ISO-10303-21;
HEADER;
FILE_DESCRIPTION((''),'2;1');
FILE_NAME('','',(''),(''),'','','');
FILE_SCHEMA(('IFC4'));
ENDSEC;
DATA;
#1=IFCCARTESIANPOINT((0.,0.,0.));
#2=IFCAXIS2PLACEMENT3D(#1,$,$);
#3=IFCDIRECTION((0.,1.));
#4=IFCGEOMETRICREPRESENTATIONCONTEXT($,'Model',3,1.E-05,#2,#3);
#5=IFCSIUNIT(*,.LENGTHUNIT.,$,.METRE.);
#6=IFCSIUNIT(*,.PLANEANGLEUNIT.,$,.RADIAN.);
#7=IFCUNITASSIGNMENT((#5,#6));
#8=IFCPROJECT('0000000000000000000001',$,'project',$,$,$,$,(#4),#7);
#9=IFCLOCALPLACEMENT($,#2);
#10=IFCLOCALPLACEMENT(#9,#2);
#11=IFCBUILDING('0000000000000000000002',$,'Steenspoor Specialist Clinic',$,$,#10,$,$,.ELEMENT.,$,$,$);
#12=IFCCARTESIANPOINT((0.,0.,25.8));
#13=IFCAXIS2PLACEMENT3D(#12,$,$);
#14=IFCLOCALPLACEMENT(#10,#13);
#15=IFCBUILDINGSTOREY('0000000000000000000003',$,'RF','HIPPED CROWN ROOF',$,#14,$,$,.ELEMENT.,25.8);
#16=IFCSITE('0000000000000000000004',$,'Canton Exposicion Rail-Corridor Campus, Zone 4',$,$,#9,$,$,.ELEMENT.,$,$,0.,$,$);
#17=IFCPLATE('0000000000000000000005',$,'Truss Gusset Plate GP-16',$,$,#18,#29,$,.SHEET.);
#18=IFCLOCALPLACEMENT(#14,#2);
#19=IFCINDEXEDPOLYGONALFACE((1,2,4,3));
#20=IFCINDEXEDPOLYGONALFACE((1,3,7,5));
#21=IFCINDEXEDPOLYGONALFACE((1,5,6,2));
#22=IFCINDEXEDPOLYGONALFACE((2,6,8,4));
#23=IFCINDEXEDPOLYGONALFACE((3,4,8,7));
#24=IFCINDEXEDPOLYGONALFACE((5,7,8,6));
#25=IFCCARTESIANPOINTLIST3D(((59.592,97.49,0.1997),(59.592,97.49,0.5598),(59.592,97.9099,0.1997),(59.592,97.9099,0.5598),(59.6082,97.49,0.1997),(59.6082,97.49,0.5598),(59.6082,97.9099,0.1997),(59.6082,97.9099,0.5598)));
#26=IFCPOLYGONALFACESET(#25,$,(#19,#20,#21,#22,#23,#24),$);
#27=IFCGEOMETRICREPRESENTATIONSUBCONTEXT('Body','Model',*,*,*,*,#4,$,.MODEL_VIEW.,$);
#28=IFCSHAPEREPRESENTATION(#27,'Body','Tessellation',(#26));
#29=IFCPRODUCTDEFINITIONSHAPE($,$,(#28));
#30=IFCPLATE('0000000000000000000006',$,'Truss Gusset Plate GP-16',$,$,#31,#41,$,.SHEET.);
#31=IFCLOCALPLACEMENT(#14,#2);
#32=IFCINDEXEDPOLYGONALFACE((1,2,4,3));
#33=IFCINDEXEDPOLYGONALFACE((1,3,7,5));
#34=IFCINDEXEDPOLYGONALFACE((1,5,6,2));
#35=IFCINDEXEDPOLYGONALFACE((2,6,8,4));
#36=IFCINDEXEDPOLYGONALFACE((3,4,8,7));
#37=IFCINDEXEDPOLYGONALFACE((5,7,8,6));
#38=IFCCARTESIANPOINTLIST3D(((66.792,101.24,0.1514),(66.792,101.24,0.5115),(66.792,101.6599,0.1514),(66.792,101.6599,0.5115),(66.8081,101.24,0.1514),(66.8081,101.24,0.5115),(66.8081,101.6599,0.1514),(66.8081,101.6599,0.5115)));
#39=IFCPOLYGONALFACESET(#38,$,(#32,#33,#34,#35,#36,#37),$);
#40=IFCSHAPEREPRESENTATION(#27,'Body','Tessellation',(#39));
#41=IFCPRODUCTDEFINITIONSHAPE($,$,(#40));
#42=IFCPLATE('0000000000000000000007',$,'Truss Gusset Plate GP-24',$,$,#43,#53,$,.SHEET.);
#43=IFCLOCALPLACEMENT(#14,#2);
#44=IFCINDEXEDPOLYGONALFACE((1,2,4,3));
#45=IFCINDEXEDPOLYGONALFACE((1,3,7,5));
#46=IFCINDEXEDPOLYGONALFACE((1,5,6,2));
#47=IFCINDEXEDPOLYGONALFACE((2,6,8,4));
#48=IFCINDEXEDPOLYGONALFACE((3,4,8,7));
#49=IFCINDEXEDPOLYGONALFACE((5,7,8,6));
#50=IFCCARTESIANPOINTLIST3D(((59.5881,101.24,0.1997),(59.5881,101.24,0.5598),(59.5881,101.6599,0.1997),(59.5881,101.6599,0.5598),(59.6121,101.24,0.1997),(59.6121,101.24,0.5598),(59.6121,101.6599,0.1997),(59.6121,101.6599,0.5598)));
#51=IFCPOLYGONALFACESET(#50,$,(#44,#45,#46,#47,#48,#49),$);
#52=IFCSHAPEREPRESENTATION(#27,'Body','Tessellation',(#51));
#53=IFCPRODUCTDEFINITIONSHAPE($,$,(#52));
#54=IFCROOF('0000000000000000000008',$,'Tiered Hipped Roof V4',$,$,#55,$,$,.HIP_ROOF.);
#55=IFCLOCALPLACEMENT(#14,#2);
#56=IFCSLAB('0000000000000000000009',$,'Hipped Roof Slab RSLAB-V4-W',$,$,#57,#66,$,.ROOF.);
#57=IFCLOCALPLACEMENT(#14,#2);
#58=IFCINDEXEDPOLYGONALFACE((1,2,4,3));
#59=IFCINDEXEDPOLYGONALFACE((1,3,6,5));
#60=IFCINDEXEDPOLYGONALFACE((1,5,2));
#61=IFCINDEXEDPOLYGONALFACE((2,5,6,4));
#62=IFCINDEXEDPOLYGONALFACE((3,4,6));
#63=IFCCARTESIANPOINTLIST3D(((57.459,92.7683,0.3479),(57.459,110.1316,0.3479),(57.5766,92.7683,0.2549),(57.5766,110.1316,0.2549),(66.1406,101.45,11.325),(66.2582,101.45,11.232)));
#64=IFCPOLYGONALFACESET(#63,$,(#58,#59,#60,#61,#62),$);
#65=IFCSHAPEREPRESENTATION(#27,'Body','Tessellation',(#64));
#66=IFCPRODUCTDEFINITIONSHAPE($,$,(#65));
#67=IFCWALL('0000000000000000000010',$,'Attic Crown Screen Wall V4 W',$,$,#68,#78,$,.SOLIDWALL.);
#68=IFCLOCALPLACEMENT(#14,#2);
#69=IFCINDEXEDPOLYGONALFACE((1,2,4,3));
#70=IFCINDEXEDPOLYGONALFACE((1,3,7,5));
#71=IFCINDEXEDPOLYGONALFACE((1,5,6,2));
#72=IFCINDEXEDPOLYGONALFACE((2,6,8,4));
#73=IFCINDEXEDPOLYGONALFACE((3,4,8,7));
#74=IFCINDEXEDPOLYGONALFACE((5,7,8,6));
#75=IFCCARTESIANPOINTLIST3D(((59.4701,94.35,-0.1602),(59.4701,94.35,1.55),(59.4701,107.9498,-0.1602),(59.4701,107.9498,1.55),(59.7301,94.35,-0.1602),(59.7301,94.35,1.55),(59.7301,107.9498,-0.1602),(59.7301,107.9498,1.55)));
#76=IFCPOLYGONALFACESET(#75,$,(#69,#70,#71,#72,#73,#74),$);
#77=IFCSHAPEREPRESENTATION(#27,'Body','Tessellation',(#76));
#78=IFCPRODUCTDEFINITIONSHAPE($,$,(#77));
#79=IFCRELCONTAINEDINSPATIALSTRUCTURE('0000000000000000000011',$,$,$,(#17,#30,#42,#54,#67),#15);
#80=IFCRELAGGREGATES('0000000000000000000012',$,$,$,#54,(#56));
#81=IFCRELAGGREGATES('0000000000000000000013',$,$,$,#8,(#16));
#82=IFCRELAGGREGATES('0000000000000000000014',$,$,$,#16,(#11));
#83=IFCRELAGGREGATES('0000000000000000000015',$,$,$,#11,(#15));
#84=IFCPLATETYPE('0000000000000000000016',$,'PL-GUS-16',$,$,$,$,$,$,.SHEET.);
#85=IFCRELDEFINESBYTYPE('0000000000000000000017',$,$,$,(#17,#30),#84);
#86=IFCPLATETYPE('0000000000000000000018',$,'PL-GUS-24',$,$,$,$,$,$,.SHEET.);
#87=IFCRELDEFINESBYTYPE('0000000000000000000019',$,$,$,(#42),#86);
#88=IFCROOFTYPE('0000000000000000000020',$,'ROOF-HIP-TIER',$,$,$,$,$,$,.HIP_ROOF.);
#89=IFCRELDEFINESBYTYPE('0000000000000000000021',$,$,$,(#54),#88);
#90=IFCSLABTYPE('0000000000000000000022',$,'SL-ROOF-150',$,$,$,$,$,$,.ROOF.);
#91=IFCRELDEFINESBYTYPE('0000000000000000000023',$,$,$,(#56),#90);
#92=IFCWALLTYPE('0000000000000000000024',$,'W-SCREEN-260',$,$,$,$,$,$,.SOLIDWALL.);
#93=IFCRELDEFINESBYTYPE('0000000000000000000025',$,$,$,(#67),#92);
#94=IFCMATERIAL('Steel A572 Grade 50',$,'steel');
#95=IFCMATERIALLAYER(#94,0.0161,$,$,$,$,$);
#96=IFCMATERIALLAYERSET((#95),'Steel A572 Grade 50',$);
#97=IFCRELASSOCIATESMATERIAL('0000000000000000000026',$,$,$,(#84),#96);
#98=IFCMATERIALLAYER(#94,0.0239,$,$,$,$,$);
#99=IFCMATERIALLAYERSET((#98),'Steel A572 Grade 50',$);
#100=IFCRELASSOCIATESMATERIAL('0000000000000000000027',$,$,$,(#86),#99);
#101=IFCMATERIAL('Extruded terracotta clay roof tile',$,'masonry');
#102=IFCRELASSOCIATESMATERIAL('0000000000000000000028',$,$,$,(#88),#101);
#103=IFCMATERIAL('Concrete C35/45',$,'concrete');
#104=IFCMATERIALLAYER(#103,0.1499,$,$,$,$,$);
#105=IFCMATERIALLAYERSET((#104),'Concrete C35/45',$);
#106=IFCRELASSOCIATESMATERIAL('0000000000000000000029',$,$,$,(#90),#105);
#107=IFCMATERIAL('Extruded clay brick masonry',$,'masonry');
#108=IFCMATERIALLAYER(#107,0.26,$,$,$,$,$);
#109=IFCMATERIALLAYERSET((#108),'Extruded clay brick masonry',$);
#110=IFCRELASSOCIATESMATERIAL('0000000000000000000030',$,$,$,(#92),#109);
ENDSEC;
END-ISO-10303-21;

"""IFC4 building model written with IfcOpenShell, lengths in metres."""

from ifc_helpers import new_model, si_unit, direction, frame, frame_2d, origin, origin_2d, place, context, subcontext, project, spatial, polyline, rectangle, outline, extrude, material, layer, layer_set, type_object, element, aggregate, save


model = new_model("IFC4")

# Units and contexts
model_context = context("Model", 3, precision=1e-05, world=origin(), true_north=direction((0.0, 1.0)))
body_context = subcontext(model_context, "Body", "Model", "MODEL_VIEW")
ifc_project = project(units=[si_unit("LENGTHUNIT", "METRE"), si_unit("PLANEANGLEUNIT", "RADIAN")], contexts=[model_context])

# Site, building, storey
site_placement = place(None, origin())
site = spatial("IfcSite", under=ifc_project, at=site_placement, Name="Canton Exposicion Rail-Corridor Campus, Zone 4", CompositionType="ELEMENT", RefElevation=0.0)
building_placement = place(site_placement, origin())
building = spatial("IfcBuilding", under=site, at=building_placement, Name="Steenspoor Specialist Clinic", CompositionType="ELEMENT")
storey_placement = place(building_placement, frame((0.0, 0.0, 25.8)))
storey = spatial("IfcBuildingStorey", under=building, at=storey_placement, Name="RF", Description="HIPPED CROWN ROOF", CompositionType="ELEMENT", Elevation=25.8)

# Plates
ifc_material_1 = material(Name="Steel A572 Grade 50", Category="steel")
ifc_layer_1 = layer(ifc_material_1, 0.0161)
ifc_layer_set_1 = layer_set([ifc_layer_1], Name="Steel A572 Grade 50")
plate_type_1 = type_object("IfcPlateType", Name="PL-GUS-16", PredefinedType="SHEET", material=ifc_layer_set_1)
for number, where, z_axis, x_axis, name in (
    (1, (59.6001, 97.7, 0.1997), (0.0, 0.0, 1.0), (1.0, 0.0, 0.0), "Truss Gusset Plate GP-16"),
    (2, (66.8, 101.45, 0.1514), (0.0, 0.0, 1.0), (1.0, 0.0, 0.0), "Truss Gusset Plate GP-16"),
):
    element("IfcPlate", number, at=place(storey_placement, frame(where, z_axis=z_axis, x_axis=x_axis)), inside=storey, type_object=plate_type_1, Name=name, PredefinedType="SHEET", context=body_context, shape_type="SweptSolid", body=[
        extrude(rectangle(XDim=0.0161, YDim=0.4199, at=origin_2d()), origin(), (0.0, 0.0, 1.0), 0.3601),
    ])
ifc_layer_2 = layer(ifc_material_1, 0.0239)
ifc_layer_set_2 = layer_set([ifc_layer_2], Name="Steel A572 Grade 50")
plate_type_2 = type_object("IfcPlateType", Name="PL-GUS-24", PredefinedType="SHEET", material=ifc_layer_set_2)
plate_1_placement = place(storey_placement, frame((59.6001, 101.45, 0.1997), z_axis=(0.0, 0.0, 1.0), x_axis=(1.0, 0.0, 0.0)))
element("IfcPlate", 3, at=plate_1_placement, inside=storey, type_object=plate_type_2, Name="Truss Gusset Plate GP-24", PredefinedType="SHEET", context=body_context, shape_type="SweptSolid", body=[
    extrude(rectangle(XDim=0.0239, YDim=0.4199, at=origin_2d()), origin(), (0.0, 0.0, 1.0), 0.3601),
])

# Roof, slab
ifc_material_2 = material(Name="Extruded terracotta clay roof tile", Category="masonry")
roof_type = type_object("IfcRoofType", Name="ROOF-HIP-TIER", PredefinedType="HIP_ROOF", material=ifc_material_2)
roof_placement = place(storey_placement, origin())
roof = element("IfcRoof", 4, at=roof_placement, inside=storey, type_object=roof_type, Name="Tiered Hipped Roof V4", PredefinedType="HIP_ROOF")
ifc_material_3 = material(Name="Concrete C35/45", Category="concrete")
ifc_layer_3 = layer(ifc_material_3, 0.1499)
ifc_layer_set_3 = layer_set([ifc_layer_3], Name="Concrete C35/45")
slab_type = type_object("IfcSlabType", Name="SL-ROOF-150", PredefinedType="ROOF", material=ifc_layer_set_3)
slab_placement = place(storey_placement, frame((66.1406, 101.45, 11.325), z_axis=(-0.784342, 0.0, 0.620328), x_axis=(-0.527141, 0.527141, -0.666516)))
slab = element("IfcSlab", 5, at=slab_placement, type_object=slab_type, Name="Hipped Roof Slab RSLAB-V4-W", PredefinedType="ROOF", context=body_context, shape_type="SweptSolid", body=[
    extrude(outline(polyline([(0.0, 0.0), (16.4693, 0.0), (7.3164, 14.7549), (0.0, 0.0)])), origin(), (0.0, 0.0, -1.0), 0.1499),
])
aggregate(roof, [slab])

# Wall
ifc_material_4 = material(Name="Extruded clay brick masonry", Category="masonry")
ifc_layer_4 = layer(ifc_material_4, 0.26)
ifc_layer_set_4 = layer_set([ifc_layer_4], Name="Extruded clay brick masonry")
wall_type = type_object("IfcWallType", Name="W-SCREEN-260", PredefinedType="SOLIDWALL", material=ifc_layer_set_4)
wall_placement = place(storey_placement, frame((59.6001, 94.3501, -0.1602), z_axis=(0.0, 0.0, 1.0), x_axis=(0.0, 1.0, 0.0)))
element("IfcWall", 6, at=wall_placement, inside=storey, type_object=wall_type, Name="Attic Crown Screen Wall V4 W", PredefinedType="SOLIDWALL", context=body_context, shape_type="SweptSolid", body=[
    extrude(rectangle(XDim=13.5999, YDim=0.26, at=frame_2d((6.7998, 0.0))), origin(), (0.0, 0.0, 1.0), 1.7102),
])

save(model, "model.ifc")
